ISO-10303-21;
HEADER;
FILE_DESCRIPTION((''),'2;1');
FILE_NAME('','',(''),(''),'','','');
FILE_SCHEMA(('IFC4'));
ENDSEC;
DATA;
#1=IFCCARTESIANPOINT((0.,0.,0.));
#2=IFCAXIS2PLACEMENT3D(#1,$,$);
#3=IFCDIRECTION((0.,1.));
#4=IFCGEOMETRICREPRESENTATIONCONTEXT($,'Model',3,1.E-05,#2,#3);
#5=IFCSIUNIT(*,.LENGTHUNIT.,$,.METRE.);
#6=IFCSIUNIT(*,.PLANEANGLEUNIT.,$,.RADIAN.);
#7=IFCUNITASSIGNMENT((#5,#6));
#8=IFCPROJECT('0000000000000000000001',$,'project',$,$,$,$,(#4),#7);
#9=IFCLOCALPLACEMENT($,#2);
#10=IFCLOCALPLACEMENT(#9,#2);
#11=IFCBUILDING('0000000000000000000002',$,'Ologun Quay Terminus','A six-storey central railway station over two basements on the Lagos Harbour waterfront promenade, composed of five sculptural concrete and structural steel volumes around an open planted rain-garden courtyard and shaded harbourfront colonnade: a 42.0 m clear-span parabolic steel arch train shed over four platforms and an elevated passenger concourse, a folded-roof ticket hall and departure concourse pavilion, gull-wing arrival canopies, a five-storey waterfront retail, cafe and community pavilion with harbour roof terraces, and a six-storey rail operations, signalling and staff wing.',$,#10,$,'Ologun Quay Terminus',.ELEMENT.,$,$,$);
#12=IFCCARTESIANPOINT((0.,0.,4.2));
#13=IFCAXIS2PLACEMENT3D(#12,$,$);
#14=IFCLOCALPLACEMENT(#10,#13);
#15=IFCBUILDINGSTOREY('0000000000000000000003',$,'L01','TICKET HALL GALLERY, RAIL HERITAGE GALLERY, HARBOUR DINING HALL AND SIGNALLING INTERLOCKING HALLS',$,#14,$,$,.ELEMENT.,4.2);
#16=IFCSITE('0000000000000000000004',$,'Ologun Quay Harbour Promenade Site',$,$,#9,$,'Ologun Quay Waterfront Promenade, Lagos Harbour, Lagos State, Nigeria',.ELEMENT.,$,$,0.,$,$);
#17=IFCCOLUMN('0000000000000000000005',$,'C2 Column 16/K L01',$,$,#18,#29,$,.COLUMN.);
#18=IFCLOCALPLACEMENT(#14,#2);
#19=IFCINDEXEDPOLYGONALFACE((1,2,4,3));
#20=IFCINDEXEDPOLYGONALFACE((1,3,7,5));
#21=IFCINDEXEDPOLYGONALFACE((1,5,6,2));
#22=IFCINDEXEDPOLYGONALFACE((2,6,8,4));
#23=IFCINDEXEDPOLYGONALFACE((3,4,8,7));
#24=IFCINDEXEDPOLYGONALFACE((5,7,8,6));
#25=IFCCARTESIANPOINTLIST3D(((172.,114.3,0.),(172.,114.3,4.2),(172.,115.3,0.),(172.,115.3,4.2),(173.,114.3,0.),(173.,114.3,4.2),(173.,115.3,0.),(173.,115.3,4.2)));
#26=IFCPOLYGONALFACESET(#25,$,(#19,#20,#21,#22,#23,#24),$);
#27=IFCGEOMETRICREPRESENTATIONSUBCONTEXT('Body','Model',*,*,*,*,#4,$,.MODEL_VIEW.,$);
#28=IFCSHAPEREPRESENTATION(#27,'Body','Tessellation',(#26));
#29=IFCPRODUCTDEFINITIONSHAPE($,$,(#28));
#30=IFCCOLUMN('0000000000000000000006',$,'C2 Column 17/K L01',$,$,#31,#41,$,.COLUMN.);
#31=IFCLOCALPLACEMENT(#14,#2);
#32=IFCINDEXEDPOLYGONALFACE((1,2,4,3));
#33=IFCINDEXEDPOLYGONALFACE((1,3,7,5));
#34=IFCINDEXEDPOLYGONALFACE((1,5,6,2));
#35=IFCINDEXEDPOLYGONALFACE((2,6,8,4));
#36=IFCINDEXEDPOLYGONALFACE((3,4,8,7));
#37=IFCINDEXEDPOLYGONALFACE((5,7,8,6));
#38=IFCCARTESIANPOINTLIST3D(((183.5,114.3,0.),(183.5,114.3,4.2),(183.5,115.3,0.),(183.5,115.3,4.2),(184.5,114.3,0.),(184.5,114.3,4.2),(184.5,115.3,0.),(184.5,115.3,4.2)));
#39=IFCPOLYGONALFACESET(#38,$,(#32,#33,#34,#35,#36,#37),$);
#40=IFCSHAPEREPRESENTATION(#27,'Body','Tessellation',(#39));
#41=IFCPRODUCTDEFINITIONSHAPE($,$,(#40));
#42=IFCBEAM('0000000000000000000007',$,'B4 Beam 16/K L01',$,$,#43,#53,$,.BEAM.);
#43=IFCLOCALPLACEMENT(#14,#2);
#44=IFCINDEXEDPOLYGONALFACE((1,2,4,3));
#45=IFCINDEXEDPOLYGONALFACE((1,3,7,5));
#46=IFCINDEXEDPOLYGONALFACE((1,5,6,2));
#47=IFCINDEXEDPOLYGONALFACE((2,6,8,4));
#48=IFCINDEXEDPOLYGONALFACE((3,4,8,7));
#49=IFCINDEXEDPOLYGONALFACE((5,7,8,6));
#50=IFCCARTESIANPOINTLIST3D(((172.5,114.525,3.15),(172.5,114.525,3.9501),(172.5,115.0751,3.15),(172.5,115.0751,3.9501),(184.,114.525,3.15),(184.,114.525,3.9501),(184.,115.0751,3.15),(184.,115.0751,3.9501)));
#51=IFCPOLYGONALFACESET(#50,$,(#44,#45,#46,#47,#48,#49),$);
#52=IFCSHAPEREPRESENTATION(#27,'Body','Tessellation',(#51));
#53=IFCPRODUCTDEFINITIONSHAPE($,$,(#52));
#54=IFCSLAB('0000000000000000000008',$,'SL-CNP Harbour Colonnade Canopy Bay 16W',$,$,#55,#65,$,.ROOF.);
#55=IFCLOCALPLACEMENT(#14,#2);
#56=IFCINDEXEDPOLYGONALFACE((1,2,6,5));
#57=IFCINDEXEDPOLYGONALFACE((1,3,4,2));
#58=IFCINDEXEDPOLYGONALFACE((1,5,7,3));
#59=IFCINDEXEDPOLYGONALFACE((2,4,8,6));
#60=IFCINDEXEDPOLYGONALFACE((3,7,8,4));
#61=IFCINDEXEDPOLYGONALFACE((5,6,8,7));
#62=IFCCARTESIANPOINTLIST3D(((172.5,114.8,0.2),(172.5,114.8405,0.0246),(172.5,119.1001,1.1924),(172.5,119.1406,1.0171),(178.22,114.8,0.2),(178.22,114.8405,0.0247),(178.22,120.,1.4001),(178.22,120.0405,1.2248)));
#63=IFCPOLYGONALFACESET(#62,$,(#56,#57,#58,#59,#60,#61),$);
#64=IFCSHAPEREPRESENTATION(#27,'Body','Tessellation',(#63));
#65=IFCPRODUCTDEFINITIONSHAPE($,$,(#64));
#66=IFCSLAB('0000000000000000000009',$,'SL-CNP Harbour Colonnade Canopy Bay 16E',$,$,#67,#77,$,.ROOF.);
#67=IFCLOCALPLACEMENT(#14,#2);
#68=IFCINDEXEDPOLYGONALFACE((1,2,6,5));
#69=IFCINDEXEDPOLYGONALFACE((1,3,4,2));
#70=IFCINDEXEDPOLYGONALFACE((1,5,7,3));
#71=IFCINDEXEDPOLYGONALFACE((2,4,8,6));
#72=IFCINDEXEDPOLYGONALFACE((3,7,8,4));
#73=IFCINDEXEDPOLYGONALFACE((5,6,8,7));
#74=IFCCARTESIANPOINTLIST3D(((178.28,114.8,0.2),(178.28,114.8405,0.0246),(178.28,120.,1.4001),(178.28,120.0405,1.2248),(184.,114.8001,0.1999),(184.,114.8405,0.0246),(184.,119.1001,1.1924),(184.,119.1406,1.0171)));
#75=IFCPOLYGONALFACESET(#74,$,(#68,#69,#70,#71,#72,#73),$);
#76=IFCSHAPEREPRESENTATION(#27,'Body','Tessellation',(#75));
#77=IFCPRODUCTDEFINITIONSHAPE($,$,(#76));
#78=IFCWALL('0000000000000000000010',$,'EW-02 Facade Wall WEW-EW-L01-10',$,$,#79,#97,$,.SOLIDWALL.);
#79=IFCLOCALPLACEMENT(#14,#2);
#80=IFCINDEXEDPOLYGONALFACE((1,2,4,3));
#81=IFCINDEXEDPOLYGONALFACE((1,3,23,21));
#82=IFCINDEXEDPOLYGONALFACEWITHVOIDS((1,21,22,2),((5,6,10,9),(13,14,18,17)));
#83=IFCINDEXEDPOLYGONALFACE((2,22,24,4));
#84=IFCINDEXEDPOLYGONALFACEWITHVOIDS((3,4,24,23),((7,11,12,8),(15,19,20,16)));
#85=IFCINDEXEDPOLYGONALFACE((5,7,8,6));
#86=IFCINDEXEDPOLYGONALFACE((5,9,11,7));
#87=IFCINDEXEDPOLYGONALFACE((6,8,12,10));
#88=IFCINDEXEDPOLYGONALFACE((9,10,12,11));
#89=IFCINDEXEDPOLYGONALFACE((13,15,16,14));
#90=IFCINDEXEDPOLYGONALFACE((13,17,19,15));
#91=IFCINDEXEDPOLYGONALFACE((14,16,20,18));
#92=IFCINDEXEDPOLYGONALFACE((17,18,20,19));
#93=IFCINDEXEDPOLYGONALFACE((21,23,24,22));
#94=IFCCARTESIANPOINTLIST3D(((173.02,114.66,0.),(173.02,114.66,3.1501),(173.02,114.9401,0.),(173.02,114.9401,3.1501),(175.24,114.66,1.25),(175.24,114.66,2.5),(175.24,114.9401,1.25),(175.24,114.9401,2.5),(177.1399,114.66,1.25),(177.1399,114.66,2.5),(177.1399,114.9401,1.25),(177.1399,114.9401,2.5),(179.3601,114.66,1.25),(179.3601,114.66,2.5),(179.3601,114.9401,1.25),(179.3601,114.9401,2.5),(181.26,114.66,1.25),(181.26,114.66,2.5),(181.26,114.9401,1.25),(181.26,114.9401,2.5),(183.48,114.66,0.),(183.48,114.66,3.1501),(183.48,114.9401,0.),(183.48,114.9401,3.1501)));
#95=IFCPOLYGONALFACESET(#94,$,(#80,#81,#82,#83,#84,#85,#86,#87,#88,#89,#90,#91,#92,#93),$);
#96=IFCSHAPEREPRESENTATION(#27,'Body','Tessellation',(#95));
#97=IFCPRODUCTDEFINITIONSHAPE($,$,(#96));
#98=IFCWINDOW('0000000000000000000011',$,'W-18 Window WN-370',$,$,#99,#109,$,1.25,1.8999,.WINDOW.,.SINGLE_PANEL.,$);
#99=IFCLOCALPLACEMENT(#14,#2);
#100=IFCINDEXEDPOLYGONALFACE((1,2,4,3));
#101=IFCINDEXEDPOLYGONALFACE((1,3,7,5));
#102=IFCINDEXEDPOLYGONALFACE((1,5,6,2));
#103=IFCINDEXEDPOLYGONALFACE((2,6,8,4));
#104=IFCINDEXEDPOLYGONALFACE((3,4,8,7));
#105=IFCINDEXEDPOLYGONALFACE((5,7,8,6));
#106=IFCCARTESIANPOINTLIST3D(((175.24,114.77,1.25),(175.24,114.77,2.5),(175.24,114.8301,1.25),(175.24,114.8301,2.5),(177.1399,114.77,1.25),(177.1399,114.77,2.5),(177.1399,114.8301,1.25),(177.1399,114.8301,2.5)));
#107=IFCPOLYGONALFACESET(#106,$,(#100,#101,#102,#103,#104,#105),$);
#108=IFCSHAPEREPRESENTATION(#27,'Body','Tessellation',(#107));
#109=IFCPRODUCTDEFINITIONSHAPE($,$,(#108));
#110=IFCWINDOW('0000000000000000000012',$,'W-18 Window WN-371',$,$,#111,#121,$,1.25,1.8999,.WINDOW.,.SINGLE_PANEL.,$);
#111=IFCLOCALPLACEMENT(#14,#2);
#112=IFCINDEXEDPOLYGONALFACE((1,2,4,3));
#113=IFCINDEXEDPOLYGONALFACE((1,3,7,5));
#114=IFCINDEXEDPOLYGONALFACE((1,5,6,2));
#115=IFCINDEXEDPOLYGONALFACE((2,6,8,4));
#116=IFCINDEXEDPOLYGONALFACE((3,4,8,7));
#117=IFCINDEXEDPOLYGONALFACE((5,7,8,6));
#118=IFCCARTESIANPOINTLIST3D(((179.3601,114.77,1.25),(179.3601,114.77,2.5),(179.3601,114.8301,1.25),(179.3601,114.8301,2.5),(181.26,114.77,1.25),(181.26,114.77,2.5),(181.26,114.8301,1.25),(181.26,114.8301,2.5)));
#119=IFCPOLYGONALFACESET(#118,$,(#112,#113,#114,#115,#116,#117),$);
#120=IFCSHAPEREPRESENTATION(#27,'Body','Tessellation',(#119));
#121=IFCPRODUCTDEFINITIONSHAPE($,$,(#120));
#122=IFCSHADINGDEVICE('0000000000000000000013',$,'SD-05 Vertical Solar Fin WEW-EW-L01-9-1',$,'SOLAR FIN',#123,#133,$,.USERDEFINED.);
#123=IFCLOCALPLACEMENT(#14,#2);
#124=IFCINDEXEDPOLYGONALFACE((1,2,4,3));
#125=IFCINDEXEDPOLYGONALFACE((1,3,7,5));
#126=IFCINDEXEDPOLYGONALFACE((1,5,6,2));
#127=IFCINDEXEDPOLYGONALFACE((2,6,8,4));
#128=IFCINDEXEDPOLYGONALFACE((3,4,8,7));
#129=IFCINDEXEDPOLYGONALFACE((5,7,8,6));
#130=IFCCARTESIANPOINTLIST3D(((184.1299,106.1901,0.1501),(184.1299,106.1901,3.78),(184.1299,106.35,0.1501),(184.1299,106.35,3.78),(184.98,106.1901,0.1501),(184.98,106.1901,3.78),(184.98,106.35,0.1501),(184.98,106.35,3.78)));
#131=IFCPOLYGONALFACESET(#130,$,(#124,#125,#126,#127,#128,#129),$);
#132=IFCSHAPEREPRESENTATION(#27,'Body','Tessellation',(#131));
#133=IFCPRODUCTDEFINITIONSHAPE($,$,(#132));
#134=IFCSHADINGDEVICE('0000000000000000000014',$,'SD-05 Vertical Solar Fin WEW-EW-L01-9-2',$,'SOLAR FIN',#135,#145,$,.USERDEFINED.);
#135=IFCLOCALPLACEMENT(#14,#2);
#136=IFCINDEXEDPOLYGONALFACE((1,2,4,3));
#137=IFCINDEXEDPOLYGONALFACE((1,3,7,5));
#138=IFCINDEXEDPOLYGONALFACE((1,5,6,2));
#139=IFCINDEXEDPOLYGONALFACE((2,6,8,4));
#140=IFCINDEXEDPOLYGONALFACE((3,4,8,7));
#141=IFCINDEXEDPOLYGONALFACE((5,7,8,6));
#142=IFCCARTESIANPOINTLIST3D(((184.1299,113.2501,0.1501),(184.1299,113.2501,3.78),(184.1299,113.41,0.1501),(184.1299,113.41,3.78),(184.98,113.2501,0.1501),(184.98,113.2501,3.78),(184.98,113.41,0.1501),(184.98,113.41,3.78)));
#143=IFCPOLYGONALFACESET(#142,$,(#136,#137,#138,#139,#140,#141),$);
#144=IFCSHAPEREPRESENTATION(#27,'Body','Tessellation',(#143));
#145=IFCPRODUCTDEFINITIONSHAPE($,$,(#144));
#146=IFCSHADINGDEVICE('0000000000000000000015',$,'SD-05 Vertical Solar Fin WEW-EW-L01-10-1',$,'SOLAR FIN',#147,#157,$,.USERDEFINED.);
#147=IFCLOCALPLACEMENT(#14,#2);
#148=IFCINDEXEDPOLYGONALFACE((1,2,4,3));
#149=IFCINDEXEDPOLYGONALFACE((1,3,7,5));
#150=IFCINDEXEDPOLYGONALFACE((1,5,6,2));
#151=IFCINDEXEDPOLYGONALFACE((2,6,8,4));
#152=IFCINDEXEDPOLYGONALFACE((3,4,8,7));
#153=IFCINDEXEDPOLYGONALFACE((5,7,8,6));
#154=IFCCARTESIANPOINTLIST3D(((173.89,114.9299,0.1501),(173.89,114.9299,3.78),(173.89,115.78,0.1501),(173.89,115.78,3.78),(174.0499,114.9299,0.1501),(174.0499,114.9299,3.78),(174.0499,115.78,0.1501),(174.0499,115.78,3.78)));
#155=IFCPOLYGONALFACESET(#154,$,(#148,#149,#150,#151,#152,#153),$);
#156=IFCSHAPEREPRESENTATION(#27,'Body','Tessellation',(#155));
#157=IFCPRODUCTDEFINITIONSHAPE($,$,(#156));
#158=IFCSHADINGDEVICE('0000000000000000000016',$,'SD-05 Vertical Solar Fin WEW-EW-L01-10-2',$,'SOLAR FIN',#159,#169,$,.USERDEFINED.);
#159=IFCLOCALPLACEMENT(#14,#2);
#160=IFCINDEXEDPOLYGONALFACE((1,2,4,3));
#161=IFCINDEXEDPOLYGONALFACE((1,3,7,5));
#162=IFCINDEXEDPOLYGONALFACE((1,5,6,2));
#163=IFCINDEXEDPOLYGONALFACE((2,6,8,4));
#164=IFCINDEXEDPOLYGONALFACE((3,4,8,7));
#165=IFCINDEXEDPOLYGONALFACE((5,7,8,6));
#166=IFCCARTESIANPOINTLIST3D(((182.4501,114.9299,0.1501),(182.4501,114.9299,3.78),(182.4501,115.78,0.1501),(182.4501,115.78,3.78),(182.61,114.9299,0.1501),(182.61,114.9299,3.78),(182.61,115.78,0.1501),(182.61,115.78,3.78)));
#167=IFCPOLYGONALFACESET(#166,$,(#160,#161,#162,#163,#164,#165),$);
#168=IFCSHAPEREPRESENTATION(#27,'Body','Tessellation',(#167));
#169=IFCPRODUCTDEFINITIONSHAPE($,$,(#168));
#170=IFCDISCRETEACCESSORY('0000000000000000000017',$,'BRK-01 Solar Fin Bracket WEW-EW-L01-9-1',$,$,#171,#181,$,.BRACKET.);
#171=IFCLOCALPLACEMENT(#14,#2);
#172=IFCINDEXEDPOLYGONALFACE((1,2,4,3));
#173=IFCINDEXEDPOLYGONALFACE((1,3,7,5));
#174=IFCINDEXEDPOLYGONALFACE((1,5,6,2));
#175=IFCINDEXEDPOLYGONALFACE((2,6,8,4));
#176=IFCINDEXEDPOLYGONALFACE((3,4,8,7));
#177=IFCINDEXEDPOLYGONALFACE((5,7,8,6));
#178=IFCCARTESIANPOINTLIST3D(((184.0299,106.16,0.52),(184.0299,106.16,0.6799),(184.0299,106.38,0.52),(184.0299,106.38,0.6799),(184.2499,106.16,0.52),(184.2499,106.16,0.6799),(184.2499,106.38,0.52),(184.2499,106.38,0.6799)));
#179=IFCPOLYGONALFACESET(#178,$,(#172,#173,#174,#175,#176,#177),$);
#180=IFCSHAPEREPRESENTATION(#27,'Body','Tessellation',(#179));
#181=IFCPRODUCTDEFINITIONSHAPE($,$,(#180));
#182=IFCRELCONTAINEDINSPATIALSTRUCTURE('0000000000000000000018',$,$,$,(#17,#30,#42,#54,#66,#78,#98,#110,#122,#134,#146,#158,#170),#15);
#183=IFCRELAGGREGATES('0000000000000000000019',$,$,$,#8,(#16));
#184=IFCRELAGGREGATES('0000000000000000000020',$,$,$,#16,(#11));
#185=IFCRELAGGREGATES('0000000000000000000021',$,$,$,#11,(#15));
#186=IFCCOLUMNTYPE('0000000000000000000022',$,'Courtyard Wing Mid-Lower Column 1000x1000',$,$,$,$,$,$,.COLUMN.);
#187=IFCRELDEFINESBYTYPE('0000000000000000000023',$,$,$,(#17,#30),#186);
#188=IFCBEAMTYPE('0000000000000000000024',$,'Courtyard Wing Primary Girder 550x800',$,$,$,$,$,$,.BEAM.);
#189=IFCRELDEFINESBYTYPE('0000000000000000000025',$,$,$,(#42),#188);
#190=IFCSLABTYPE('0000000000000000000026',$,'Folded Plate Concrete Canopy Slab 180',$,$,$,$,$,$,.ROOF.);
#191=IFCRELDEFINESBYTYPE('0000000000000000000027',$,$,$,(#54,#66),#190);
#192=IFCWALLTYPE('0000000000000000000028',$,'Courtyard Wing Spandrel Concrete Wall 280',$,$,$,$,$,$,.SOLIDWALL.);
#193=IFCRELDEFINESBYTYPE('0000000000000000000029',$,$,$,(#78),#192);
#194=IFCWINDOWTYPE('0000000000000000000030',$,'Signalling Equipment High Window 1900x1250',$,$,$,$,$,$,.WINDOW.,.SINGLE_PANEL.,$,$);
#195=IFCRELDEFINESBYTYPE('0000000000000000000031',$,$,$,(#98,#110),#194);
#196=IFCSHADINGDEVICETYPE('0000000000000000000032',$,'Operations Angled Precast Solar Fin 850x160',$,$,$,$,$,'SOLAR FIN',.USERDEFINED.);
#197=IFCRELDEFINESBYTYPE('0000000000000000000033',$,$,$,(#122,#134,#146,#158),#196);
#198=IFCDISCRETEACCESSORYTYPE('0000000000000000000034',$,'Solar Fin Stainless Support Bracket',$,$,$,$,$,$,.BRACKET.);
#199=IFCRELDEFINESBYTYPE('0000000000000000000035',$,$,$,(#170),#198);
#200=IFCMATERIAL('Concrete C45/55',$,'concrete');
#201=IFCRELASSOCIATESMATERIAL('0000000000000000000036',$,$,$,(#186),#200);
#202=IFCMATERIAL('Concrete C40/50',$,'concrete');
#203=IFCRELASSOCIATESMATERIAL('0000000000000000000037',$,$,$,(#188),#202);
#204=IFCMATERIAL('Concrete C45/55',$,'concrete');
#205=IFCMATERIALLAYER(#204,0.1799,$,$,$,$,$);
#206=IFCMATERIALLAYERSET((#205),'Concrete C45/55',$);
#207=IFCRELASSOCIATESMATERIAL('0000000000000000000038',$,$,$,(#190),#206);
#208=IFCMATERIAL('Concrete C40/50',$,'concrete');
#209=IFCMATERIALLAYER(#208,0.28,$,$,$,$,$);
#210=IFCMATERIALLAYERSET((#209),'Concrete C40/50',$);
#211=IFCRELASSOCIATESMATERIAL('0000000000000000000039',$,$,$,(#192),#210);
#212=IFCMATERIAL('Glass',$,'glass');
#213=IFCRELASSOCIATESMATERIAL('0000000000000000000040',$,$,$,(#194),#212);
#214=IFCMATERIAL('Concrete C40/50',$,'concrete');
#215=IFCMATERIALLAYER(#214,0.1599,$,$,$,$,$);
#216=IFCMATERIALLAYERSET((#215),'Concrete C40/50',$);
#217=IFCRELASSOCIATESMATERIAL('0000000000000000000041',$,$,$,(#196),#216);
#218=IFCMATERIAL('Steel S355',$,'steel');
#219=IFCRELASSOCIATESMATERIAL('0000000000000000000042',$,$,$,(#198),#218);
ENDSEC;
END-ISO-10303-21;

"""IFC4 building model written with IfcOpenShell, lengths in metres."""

from ifc_helpers import new_model, si_unit, direction, frame, frame_2d, origin, origin_2d, place, context, subcontext, project, spatial, polyline, rectangle, outline, extrude, material, layer, layer_set, material_profile, profile_set, type_object, element, fill, save


model = new_model("IFC4")

# Units and contexts
model_context = context("Model", 3, precision=1e-05, world=origin(), true_north=direction((0.0, 1.0)))
body_context = subcontext(model_context, "Body", "Model", "MODEL_VIEW")
ifc_project = project(units=[si_unit("LENGTHUNIT", "METRE"), si_unit("PLANEANGLEUNIT", "RADIAN")], contexts=[model_context])

# Site, building, storey
site_placement = place(None, origin())
site = spatial("IfcSite", under=ifc_project, at=site_placement, Name="Ologun Quay Harbour Promenade Site", LongName="Ologun Quay Waterfront Promenade, Lagos Harbour, Lagos State, Nigeria", CompositionType="ELEMENT", RefElevation=0.0)
building_placement = place(site_placement, origin())
building = spatial("IfcBuilding", under=site, at=building_placement, Name="Ologun Quay Terminus", Description="A six-storey central railway station over two basements on the Lagos Harbour waterfront promenade, composed of five sculptural concrete and structural steel volumes around an open planted rain-garden courtyard and shaded harbourfront colonnade: a 42.0 m clear-span parabolic steel arch train shed over four platforms and an elevated passenger concourse, a folded-roof ticket hall and departure concourse pavilion, gull-wing arrival canopies, a five-storey waterfront retail, cafe and community pavilion with harbour roof terraces, and a six-storey rail operations, signalling and staff wing.", LongName="Ologun Quay Terminus", CompositionType="ELEMENT")
storey_placement = place(building_placement, frame((0.0, 0.0, 4.2)))
storey = spatial("IfcBuildingStorey", under=building, at=storey_placement, Name="L01", Description="TICKET HALL GALLERY, RAIL HERITAGE GALLERY, HARBOUR DINING HALL AND SIGNALLING INTERLOCKING HALLS", CompositionType="ELEMENT", Elevation=4.2)

# Columns
ifc_material_1 = material(Name="Concrete C45/55", Category="concrete")
ifc_material_profile_1 = material_profile(ifc_material_1, rectangle(XDim=1.0, YDim=1.0, at=origin_2d()), Name="RC 1000x1000")
ifc_profile_set_1 = profile_set([ifc_material_profile_1], Name="Concrete C45/55")
column_type = type_object("IfcColumnType", Name="Courtyard Wing Mid-Lower Column 1000x1000", PredefinedType="COLUMN", material=ifc_profile_set_1)
for number, where, z_axis, x_axis, name in (
    (1, (172.5, 114.8, 0.0), (0.0, 0.0, 1.0), (1.0, 0.0, 0.0), "C2 Column 16/K L01"),
    (2, (184.0, 114.8, 0.0), (0.0, 0.0, 1.0), (1.0, 0.0, 0.0), "C2 Column 17/K L01"),
):
    element("IfcColumn", number, at=place(storey_placement, frame(where, z_axis=z_axis, x_axis=x_axis)), inside=storey, type_object=column_type, Name=name, PredefinedType="COLUMN", context=body_context, shape_type="SweptSolid", body=[
        extrude(rectangle(XDim=1.0, YDim=1.0, at=origin_2d()), origin(), (0.0, 0.0, 1.0), 4.2),
    ])

# Beam
ifc_material_2 = material(Name="Concrete C40/50", Category="concrete")
ifc_material_profile_2 = material_profile(ifc_material_2, rectangle(XDim=0.55, YDim=0.8, at=origin_2d()), Name="RC 550x800")
ifc_profile_set_2 = profile_set([ifc_material_profile_2], Name="Concrete C40/50")
beam_type = type_object("IfcBeamType", Name="Courtyard Wing Primary Girder 550x800", PredefinedType="BEAM", material=ifc_profile_set_2)
beam_placement = place(storey_placement, frame((172.5, 114.8, 3.55), z_axis=(1.0, 0.0, 0.0), x_axis=(0.0, 1.0, 0.0)))
element("IfcBeam", 3, at=beam_placement, inside=storey, type_object=beam_type, Name="B4 Beam 16/K L01", PredefinedType="BEAM", context=body_context, shape_type="SweptSolid", body=[
    extrude(rectangle(XDim=0.55, YDim=0.8, at=origin_2d()), origin(), (0.0, 0.0, 1.0), 11.5),
])

# Slabs
ifc_material_3 = material(Name="Concrete C45/55", Category="concrete")
ifc_layer_1 = layer(ifc_material_3, 0.1799)
ifc_layer_set_1 = layer_set([ifc_layer_1], Name="Concrete C45/55")
slab_type = type_object("IfcSlabType", Name="Folded Plate Concrete Canopy Slab 180", PredefinedType="ROOF", material=ifc_layer_set_1)
slab_1_placement = place(storey_placement, frame((172.5, 114.8, 0.2), z_axis=(-0.000005, -0.224891, 0.974384), x_axis=(1.0, -0.000001, 0.000005)))
element("IfcSlab", 4, at=slab_1_placement, inside=storey, type_object=slab_type, Name="SL-CNP Harbour Colonnade Canopy Bay 16W", PredefinedType="ROOF", context=body_context, shape_type="SweptSolid", body=[
    extrude(outline(polyline([(0.0, 0.0), (5.72, 0.0), (5.72, 5.3367), (0.0, 4.4131), (0.0, 0.0)])), origin(), (0.0, 0.0, -1.0), 0.1799),
])
slab_2_placement = place(storey_placement, frame((178.28, 114.8, 0.2), z_axis=(0.000005, -0.224891, 0.974384), x_axis=(1.0, 0.000001, -0.000005)))
element("IfcSlab", 5, at=slab_2_placement, inside=storey, type_object=slab_type, Name="SL-CNP Harbour Colonnade Canopy Bay 16E", PredefinedType="ROOF", context=body_context, shape_type="SweptSolid", body=[
    extrude(outline(polyline([(0.0, 0.0), (5.72, 0.0), (5.72, 4.4131), (0.0, 5.3367), (0.0, 0.0)])), origin(), (0.0, 0.0, -1.0), 0.1799),
])

# Wall, openings, windows
ifc_material_4 = material(Name="Concrete C40/50", Category="concrete")
ifc_layer_2 = layer(ifc_material_4, 0.28)
ifc_layer_set_2 = layer_set([ifc_layer_2], Name="Concrete C40/50")
wall_type = type_object("IfcWallType", Name="Courtyard Wing Spandrel Concrete Wall 280", PredefinedType="SOLIDWALL", material=ifc_layer_set_2)
wall_placement = place(storey_placement, frame((173.02, 114.8, 0.0), z_axis=(0.0, 0.0, 1.0), x_axis=(1.0, 0.0, 0.0)))
wall = element("IfcWall", 6, at=wall_placement, inside=storey, type_object=wall_type, Name="EW-02 Facade Wall WEW-EW-L01-10", PredefinedType="SOLIDWALL", context=body_context, shape_type="SweptSolid", body=[
    extrude(rectangle(XDim=10.46, YDim=0.28, at=frame_2d((5.23, 0.0))), origin(), (0.0, 0.0, 1.0), 3.1501),
])
opening_1_placement = place(wall_placement, frame((2.22, 0.0, 1.25)))
opening_1 = element("IfcOpeningElement", 7, at=opening_1_placement, cuts=wall, PredefinedType="OPENING", context=body_context, shape_type="SweptSolid", body=[
    extrude(rectangle(XDim=1.8999, YDim=1.25, at=frame_2d((0.95, 0.625))), frame((0.0, 0.1499, 0.0), z_axis=(0.0, -1.0, 0.0), x_axis=(1.0, 0.0, 0.0)), (0.0, 0.0, 1.0), 0.3),
])
opening_2_placement = place(wall_placement, frame((6.3401, 0.0, 1.25)))
opening_2 = element("IfcOpeningElement", 8, at=opening_2_placement, cuts=wall, PredefinedType="OPENING", context=body_context, shape_type="SweptSolid", body=[
    extrude(rectangle(XDim=1.8999, YDim=1.25, at=frame_2d((0.95, 0.625))), frame((0.0, 0.1499, 0.0), z_axis=(0.0, -1.0, 0.0), x_axis=(1.0, 0.0, 0.0)), (0.0, 0.0, 1.0), 0.3),
])
ifc_material_5 = material(Name="Glass", Category="glass")
window_type = type_object("IfcWindowType", Name="Signalling Equipment High Window 1900x1250", PartitioningType="SINGLE_PANEL", PredefinedType="WINDOW", material=ifc_material_5)
window_1_placement = place(opening_1_placement, origin())
window_1 = element("IfcWindow", 9, at=window_1_placement, inside=storey, type_object=window_type, Name="W-18 Window WN-370", OverallHeight=1.25, OverallWidth=1.8999, PartitioningType="SINGLE_PANEL", PredefinedType="WINDOW", context=body_context, shape_type="SweptSolid", body=[
    extrude(rectangle(XDim=1.8999, YDim=1.25, at=frame_2d((0.95, 0.625))), frame((0.0, 0.03, 0.0), z_axis=(0.0, -1.0, 0.0), x_axis=(1.0, 0.0, 0.0)), (0.0, 0.0, 1.0), 0.0601),
])
fill(opening_1, window_1)
window_2_placement = place(opening_2_placement, origin())
window_2 = element("IfcWindow", 10, at=window_2_placement, inside=storey, type_object=window_type, Name="W-18 Window WN-371", OverallHeight=1.25, OverallWidth=1.8999, PartitioningType="SINGLE_PANEL", PredefinedType="WINDOW", context=body_context, shape_type="SweptSolid", body=[
    extrude(rectangle(XDim=1.8999, YDim=1.25, at=frame_2d((0.95, 0.625))), frame((0.0, 0.03, 0.0), z_axis=(0.0, -1.0, 0.0), x_axis=(1.0, 0.0, 0.0)), (0.0, 0.0, 1.0), 0.0601),
])
fill(opening_2, window_2)

# Shading devices
ifc_material_6 = material(Name="Concrete C40/50", Category="concrete")
ifc_layer_3 = layer(ifc_material_6, 0.1599)
ifc_layer_set_3 = layer_set([ifc_layer_3], Name="Concrete C40/50")
shading_device_type = type_object("IfcShadingDeviceType", Name="Operations Angled Precast Solar Fin 850x160", ElementType="SOLAR FIN", PredefinedType="USERDEFINED", material=ifc_layer_set_3)
for number, where, z_axis, x_axis, name in (
    (11, (184.5549, 106.27, 0.1501), (0.0, 0.0, 1.0), (1.0, 0.0, 0.0), "SD-05 Vertical Solar Fin WEW-EW-L01-9-1"),
    (12, (184.5549, 113.3301, 0.1501), (0.0, 0.0, 1.0), (1.0, 0.0, 0.0), "SD-05 Vertical Solar Fin WEW-EW-L01-9-2"),
):
    element("IfcShadingDevice", number, at=place(storey_placement, frame(where, z_axis=z_axis, x_axis=x_axis)), inside=storey, type_object=shading_device_type, Name=name, ObjectType="SOLAR FIN", PredefinedType="USERDEFINED", context=body_context, shape_type="SweptSolid", body=[
        extrude(rectangle(XDim=0.8501, YDim=0.1599, at=origin_2d()), origin(), (0.0, 0.0, 1.0), 3.6299),
    ])
for number, where, z_axis, x_axis, name in (
    (13, (173.97, 115.355, 0.1501), (0.0, 0.0, 1.0), (1.0, 0.0, 0.0), "SD-05 Vertical Solar Fin WEW-EW-L01-10-1"),
    (14, (182.53, 115.355, 0.1501), (0.0, 0.0, 1.0), (1.0, 0.0, 0.0), "SD-05 Vertical Solar Fin WEW-EW-L01-10-2"),
):
    element("IfcShadingDevice", number, at=place(storey_placement, frame(where, z_axis=z_axis, x_axis=x_axis)), inside=storey, type_object=shading_device_type, Name=name, ObjectType="SOLAR FIN", PredefinedType="USERDEFINED", context=body_context, shape_type="SweptSolid", body=[
        extrude(rectangle(XDim=0.1599, YDim=0.8501, at=origin_2d()), origin(), (0.0, 0.0, 1.0), 3.6299),
    ])

# Discrete accessory
ifc_material_7 = material(Name="Steel S355", Category="steel")
discrete_accessory_type = type_object("IfcDiscreteAccessoryType", Name="Solar Fin Stainless Support Bracket", PredefinedType="BRACKET", material=ifc_material_7)
for number, where, z_axis, x_axis, name in (
    (15, (184.1399, 106.27, 0.52), (0.0, 0.0, 1.0), (1.0, 0.0, 0.0), "BRK-01 Solar Fin Bracket WEW-EW-L01-9-1"),
):
    element("IfcDiscreteAccessory", number, at=place(storey_placement, frame(where, z_axis=z_axis, x_axis=x_axis)), inside=storey, type_object=discrete_accessory_type, Name=name, PredefinedType="BRACKET", context=body_context, shape_type="SweptSolid", body=[
        extrude(rectangle(XDim=0.22, YDim=0.22, at=origin_2d()), origin(), (0.0, 0.0, 1.0), 0.1599),
    ])

save(model, "model.ifc")
